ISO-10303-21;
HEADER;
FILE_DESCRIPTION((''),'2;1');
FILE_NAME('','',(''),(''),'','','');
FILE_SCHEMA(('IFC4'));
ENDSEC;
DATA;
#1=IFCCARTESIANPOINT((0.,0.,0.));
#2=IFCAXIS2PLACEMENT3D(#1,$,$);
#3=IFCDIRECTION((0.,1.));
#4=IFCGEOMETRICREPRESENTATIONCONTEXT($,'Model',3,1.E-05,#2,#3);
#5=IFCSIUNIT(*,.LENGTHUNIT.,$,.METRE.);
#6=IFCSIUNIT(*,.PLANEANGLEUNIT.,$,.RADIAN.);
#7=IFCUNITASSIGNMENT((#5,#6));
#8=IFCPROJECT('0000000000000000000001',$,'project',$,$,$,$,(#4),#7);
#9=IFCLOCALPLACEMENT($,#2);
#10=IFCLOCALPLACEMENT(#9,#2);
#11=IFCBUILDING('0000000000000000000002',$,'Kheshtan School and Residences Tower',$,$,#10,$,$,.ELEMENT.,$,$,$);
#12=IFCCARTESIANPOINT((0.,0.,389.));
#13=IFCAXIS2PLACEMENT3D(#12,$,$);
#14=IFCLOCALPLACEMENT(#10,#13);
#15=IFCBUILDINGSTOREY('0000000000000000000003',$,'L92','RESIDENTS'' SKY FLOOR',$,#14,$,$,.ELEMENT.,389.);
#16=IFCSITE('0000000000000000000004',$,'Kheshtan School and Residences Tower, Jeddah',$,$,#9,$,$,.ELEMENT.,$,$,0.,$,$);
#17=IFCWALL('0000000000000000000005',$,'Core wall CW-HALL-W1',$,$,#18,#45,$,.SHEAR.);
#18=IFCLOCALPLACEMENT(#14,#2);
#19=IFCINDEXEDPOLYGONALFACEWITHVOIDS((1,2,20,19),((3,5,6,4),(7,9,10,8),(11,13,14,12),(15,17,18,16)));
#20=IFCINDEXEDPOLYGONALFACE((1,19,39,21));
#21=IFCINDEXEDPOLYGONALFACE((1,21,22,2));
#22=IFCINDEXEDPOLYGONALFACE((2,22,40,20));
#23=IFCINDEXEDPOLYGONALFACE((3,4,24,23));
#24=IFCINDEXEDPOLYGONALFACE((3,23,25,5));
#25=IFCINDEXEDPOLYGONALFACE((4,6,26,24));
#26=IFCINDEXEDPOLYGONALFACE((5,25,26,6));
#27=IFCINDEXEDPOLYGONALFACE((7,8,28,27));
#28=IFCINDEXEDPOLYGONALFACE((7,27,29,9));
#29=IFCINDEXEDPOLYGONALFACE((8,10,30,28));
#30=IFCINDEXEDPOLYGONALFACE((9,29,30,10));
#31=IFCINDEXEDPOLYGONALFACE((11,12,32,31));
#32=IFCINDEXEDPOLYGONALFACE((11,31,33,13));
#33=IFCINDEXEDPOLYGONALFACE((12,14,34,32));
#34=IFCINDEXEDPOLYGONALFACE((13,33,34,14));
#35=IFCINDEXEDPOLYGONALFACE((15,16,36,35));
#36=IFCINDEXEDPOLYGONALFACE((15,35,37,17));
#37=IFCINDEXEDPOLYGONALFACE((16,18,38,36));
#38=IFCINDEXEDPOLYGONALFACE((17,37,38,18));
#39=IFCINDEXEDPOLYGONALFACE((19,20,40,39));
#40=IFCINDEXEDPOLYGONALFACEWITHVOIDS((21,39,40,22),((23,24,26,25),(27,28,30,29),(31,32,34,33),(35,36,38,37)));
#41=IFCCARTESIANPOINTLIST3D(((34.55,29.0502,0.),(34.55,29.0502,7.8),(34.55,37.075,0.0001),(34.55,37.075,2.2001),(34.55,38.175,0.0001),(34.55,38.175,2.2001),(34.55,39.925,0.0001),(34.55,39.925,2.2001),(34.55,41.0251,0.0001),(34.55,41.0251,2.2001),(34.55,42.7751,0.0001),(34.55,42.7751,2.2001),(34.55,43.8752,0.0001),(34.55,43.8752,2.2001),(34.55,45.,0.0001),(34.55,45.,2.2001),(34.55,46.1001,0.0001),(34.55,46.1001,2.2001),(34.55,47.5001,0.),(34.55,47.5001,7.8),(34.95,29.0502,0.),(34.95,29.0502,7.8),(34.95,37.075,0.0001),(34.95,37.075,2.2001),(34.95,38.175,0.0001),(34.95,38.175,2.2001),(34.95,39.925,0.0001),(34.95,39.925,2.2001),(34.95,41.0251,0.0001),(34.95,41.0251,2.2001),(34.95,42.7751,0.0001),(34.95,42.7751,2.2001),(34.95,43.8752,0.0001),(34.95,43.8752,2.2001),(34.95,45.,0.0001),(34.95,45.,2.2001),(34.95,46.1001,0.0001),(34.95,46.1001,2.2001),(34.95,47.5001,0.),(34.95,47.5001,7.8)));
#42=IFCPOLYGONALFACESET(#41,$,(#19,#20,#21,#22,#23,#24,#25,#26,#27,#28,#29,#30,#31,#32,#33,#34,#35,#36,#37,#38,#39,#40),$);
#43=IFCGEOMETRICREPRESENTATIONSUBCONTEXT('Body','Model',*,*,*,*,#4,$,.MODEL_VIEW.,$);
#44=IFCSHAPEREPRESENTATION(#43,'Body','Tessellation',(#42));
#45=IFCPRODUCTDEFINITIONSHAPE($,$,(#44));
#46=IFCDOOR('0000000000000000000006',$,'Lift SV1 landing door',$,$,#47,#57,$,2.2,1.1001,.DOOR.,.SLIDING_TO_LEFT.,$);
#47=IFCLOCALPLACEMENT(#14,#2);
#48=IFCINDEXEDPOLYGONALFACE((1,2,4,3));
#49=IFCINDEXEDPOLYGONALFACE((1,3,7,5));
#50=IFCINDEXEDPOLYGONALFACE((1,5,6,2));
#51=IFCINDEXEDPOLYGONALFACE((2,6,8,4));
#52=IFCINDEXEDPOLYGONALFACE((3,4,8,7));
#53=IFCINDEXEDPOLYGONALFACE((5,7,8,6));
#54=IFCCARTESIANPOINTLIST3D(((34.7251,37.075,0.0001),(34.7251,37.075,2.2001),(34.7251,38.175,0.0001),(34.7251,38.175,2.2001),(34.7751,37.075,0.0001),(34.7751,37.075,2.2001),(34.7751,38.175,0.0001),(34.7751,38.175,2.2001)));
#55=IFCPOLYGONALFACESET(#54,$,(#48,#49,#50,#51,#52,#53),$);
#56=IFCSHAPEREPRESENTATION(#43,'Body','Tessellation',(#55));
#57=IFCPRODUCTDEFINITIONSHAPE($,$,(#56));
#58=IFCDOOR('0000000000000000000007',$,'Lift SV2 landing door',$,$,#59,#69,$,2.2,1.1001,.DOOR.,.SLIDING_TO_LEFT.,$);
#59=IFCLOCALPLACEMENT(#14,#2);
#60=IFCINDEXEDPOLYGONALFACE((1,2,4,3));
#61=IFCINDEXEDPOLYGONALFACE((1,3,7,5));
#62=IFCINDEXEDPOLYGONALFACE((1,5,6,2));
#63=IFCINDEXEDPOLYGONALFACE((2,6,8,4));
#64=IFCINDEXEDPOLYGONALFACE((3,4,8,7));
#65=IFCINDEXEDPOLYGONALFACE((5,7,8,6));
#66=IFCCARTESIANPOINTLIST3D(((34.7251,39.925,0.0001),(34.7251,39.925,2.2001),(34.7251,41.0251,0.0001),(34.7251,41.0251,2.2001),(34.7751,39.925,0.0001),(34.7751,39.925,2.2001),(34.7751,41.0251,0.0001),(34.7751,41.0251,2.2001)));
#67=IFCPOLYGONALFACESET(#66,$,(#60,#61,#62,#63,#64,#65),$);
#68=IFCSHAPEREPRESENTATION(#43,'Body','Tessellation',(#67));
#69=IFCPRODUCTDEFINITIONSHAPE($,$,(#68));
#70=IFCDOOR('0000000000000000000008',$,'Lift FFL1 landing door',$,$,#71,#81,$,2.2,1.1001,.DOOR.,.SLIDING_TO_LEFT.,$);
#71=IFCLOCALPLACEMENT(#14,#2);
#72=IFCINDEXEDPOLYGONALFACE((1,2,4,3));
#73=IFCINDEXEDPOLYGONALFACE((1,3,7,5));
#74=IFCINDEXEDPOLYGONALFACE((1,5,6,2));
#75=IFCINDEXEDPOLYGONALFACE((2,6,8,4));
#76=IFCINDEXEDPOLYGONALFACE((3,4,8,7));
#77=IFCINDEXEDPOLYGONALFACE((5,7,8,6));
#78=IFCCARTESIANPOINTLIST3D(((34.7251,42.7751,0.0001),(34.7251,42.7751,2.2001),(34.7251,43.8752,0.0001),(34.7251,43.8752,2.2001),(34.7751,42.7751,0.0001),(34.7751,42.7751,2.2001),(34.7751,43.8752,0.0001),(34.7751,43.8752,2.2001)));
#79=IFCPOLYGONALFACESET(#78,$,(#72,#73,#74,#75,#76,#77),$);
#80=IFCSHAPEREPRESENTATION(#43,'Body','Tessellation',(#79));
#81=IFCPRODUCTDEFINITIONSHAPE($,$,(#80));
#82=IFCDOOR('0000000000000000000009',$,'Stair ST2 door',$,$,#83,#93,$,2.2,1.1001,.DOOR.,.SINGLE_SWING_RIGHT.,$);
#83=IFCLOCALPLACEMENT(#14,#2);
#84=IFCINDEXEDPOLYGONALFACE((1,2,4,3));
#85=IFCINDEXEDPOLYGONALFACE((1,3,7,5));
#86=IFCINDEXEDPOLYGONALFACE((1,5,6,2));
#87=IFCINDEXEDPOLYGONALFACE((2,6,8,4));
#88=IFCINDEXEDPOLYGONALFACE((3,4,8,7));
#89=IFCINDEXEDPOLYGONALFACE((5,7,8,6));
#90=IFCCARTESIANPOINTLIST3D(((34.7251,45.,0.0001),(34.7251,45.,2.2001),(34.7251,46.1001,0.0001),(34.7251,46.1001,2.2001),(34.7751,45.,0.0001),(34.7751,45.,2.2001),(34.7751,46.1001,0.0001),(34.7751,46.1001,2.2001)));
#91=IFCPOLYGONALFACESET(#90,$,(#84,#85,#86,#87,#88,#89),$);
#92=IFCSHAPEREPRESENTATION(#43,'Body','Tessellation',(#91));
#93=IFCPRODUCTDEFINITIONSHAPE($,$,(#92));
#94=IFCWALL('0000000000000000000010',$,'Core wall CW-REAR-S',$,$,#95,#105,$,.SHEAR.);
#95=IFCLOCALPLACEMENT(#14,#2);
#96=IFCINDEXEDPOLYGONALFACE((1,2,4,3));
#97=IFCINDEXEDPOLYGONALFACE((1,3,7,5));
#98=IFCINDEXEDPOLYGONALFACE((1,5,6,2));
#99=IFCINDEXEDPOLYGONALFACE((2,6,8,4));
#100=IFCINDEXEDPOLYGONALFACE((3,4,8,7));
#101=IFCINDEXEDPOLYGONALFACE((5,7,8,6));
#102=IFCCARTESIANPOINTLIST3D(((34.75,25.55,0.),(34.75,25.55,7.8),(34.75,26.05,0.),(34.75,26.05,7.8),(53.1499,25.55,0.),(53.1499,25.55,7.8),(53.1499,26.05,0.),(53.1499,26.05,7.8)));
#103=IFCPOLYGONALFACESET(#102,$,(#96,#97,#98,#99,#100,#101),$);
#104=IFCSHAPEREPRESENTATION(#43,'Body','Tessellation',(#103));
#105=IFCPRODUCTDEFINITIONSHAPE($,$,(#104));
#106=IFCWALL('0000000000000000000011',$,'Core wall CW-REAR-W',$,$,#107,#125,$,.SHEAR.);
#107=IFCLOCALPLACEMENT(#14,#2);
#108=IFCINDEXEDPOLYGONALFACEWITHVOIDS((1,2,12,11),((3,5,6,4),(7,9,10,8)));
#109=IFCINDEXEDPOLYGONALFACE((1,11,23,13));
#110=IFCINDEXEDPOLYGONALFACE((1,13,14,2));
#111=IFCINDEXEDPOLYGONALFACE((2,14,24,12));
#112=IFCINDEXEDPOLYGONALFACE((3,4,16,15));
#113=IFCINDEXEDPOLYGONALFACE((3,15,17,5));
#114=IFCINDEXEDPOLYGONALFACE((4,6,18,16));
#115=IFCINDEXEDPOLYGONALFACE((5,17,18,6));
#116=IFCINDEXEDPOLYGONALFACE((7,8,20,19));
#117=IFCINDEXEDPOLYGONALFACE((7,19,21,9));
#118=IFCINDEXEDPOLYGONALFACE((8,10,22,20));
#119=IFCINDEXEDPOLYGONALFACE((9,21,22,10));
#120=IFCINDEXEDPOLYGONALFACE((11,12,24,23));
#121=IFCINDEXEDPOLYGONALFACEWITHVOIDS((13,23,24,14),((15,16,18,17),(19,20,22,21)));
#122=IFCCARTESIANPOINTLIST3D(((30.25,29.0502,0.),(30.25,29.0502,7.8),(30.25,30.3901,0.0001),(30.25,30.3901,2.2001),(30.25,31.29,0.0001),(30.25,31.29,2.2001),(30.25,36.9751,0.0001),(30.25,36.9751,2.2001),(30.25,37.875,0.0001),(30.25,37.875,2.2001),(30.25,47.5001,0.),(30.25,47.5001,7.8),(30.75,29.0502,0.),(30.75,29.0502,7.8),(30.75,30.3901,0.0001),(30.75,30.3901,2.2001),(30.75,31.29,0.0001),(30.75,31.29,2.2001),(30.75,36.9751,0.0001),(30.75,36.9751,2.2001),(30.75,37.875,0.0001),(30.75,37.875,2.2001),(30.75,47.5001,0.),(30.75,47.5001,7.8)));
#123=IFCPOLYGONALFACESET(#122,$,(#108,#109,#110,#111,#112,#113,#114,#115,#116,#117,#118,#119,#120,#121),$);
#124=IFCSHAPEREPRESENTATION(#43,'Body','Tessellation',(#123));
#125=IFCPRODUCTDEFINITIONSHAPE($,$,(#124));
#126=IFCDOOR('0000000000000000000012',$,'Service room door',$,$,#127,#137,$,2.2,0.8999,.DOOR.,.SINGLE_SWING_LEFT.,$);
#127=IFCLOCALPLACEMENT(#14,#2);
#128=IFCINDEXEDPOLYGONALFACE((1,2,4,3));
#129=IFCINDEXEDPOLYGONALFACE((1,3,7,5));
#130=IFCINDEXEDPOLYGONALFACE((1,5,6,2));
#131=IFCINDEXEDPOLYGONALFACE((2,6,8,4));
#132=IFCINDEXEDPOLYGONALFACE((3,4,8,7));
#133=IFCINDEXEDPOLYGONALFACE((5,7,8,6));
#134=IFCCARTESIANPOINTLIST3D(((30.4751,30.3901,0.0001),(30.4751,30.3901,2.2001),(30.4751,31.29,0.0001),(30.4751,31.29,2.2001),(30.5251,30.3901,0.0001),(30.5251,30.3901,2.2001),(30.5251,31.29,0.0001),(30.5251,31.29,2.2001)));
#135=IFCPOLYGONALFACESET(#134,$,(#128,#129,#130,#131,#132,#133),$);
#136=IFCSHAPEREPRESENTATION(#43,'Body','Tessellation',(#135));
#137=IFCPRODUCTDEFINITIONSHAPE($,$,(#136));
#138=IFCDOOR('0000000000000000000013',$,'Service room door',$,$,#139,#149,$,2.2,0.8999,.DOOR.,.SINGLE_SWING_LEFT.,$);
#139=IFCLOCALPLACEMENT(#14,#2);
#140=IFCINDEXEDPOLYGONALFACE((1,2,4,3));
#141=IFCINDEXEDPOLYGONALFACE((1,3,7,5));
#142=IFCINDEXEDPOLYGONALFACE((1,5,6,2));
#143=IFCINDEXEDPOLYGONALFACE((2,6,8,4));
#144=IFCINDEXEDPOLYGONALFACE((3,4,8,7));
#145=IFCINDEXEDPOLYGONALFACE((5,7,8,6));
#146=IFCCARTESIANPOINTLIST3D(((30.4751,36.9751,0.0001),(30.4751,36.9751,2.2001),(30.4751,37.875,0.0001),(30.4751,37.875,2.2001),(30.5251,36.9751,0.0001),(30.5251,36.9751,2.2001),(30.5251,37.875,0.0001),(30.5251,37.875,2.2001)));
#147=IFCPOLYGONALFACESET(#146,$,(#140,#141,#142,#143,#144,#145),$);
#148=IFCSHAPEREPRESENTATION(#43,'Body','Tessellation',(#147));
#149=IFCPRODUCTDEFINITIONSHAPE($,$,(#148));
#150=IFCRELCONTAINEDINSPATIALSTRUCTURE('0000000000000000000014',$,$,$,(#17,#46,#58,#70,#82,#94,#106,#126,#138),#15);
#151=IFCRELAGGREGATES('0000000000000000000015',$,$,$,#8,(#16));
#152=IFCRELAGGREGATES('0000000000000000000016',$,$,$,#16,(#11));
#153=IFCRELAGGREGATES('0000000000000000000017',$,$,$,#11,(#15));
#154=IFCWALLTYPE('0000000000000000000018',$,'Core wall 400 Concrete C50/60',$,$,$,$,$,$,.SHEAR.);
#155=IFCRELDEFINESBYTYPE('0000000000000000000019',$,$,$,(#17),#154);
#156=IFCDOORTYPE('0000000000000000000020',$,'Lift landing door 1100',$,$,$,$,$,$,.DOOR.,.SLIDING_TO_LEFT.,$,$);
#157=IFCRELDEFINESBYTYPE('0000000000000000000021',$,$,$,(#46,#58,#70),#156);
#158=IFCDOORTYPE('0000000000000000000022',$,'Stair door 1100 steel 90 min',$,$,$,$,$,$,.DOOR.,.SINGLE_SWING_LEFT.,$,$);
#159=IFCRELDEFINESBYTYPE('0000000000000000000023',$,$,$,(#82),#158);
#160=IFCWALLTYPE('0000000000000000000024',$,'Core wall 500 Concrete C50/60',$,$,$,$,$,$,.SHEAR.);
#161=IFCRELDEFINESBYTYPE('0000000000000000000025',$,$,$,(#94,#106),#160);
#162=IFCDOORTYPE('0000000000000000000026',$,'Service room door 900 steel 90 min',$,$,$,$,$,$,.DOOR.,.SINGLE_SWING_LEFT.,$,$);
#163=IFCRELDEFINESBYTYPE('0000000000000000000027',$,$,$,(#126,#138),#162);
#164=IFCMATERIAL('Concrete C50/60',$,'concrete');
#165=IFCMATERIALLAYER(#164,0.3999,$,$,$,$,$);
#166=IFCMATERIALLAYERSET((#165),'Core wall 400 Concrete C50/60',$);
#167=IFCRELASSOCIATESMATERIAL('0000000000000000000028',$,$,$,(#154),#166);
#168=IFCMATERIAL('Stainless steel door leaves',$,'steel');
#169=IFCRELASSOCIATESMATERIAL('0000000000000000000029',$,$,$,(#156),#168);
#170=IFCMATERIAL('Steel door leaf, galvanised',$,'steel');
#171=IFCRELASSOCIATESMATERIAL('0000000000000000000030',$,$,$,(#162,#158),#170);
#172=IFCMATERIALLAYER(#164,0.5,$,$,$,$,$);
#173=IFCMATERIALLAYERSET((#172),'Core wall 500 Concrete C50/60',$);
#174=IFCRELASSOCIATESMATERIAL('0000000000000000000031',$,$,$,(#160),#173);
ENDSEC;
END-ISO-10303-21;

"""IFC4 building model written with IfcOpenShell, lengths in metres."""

from ifc_helpers import new_model, si_unit, direction, frame, frame_2d, origin, place, context, subcontext, project, spatial, rectangle, extrude, source, transform, mapped, material, layer, layer_set, type_object, element, fill, save


model = new_model("IFC4")

# Units and contexts
model_context = context("Model", 3, precision=1e-05, world=origin(), true_north=direction((0.0, 1.0)))
body_context = subcontext(model_context, "Body", "Model", "MODEL_VIEW")
ifc_project = project(units=[si_unit("LENGTHUNIT", "METRE"), si_unit("PLANEANGLEUNIT", "RADIAN")], contexts=[model_context])

# Site, building, storey
site_placement = place(None, origin())
site = spatial("IfcSite", under=ifc_project, at=site_placement, Name="Kheshtan School and Residences Tower, Jeddah", CompositionType="ELEMENT", RefElevation=0.0)
building_placement = place(site_placement, origin())
building = spatial("IfcBuilding", under=site, at=building_placement, Name="Kheshtan School and Residences Tower", CompositionType="ELEMENT")
storey_placement = place(building_placement, frame((0.0, 0.0, 389.0)))
storey = spatial("IfcBuildingStorey", under=building, at=storey_placement, Name="L92", Description="RESIDENTS' SKY FLOOR", CompositionType="ELEMENT", Elevation=389.0)

# Wall, openings, doors
ifc_material_1 = material(Name="Concrete C50/60", Category="concrete")
ifc_layer_1 = layer(ifc_material_1, 0.3999)
ifc_layer_set_1 = layer_set([ifc_layer_1], Name="Core wall 400 Concrete C50/60")
wall_type_1 = type_object("IfcWallType", Name="Core wall 400 Concrete C50/60", PredefinedType="SHEAR", material=ifc_layer_set_1)
ifc_material_2 = material(Name="Stainless steel door leaves", Category="steel")
door_type_1 = type_object("IfcDoorType", Name="Lift landing door 1100", OperationType="SLIDING_TO_LEFT", PredefinedType="DOOR", material=ifc_material_2)
shared_shape_1 = source(origin(), body_context, "Body", "SweptSolid", [
    extrude(rectangle(XDim=1.1001, YDim=2.2, at=frame_2d((0.55, 1.1001))), frame((0.0, 0.0249, 0.0), z_axis=(0.0, -1.0, 0.0), x_axis=(1.0, 0.0, 0.0)), (0.0, 0.0, 1.0), 0.05),
])
ifc_material_3 = material(Name="Steel door leaf, galvanised", Category="steel")
door_type_2 = type_object("IfcDoorType", Name="Service room door 900 steel 90 min", OperationType="SINGLE_SWING_LEFT", PredefinedType="DOOR", material=ifc_material_3)
shared_shape_2 = source(origin(), body_context, "Body", "SweptSolid", [
    extrude(rectangle(XDim=0.8999, YDim=2.2, at=frame_2d((0.45, 1.1001))), frame((0.0, 0.0249, 0.0), z_axis=(0.0, -1.0, 0.0), x_axis=(1.0, 0.0, 0.0)), (0.0, 0.0, 1.0), 0.05),
])
wall_1_placement = place(storey_placement, frame((34.75, 29.05, 0.0), z_axis=(0.0, 0.0, 1.0), x_axis=(0.0, 1.0, 0.0)))
wall_1 = element("IfcWall", 1, at=wall_1_placement, inside=storey, type_object=wall_type_1, Name="Core wall CW-HALL-W1", PredefinedType="SHEAR", context=body_context, shape_type="SweptSolid", body=[
    extrude(rectangle(XDim=18.45, YDim=0.3999, at=frame_2d((9.2251, 0.0))), origin(), (0.0, 0.0, 1.0), 7.8),
])
opening_1_placement = place(wall_1_placement, frame((8.0249, 0.0, 0.0)))
opening_1 = element("IfcOpeningElement", 2, at=opening_1_placement, cuts=wall_1, PredefinedType="OPENING", context=body_context, shape_type="SweptSolid", body=[
    extrude(rectangle(XDim=1.1001, YDim=2.2, at=frame_2d((0.55, 1.1001))), frame((0.0, 0.21, 0.0), z_axis=(0.0, -1.0, 0.0), x_axis=(1.0, 0.0, 0.0)), (0.0, 0.0, 1.0), 0.4199),
])
opening_2_placement = place(wall_1_placement, frame((10.875, 0.0, 0.0)))
opening_2 = element("IfcOpeningElement", 3, at=opening_2_placement, cuts=wall_1, PredefinedType="OPENING", context=body_context, shape_type="SweptSolid", body=[
    extrude(rectangle(XDim=1.1001, YDim=2.2, at=frame_2d((0.55, 1.1001))), frame((0.0, 0.21, 0.0), z_axis=(0.0, -1.0, 0.0), x_axis=(1.0, 0.0, 0.0)), (0.0, 0.0, 1.0), 0.4199),
])
opening_3_placement = place(wall_1_placement, frame((13.7251, 0.0, 0.0)))
opening_3 = element("IfcOpeningElement", 4, at=opening_3_placement, cuts=wall_1, PredefinedType="OPENING", context=body_context, shape_type="SweptSolid", body=[
    extrude(rectangle(XDim=1.1001, YDim=2.2, at=frame_2d((0.55, 1.1001))), frame((0.0, 0.21, 0.0), z_axis=(0.0, -1.0, 0.0), x_axis=(1.0, 0.0, 0.0)), (0.0, 0.0, 1.0), 0.4199),
])
opening_4_placement = place(wall_1_placement, frame((15.95, 0.0, 0.0)))
opening_4 = element("IfcOpeningElement", 5, at=opening_4_placement, cuts=wall_1, PredefinedType="OPENING", context=body_context, shape_type="SweptSolid", body=[
    extrude(rectangle(XDim=1.1001, YDim=2.2, at=frame_2d((0.55, 1.1001))), frame((0.0, 0.21, 0.0), z_axis=(0.0, -1.0, 0.0), x_axis=(1.0, 0.0, 0.0)), (0.0, 0.0, 1.0), 0.4199),
])
door_1_placement = place(opening_1_placement, origin())
door_1 = element("IfcDoor", 6, at=door_1_placement, inside=storey, type_object=door_type_1, Name="Lift SV1 landing door", OperationType="SLIDING_TO_LEFT", OverallHeight=2.2, OverallWidth=1.1001, PredefinedType="DOOR", context=body_context, shape_type="MappedRepresentation", body=[
    mapped(shared_shape_1, transform((0.0, 0.0, 0.0), x_axis=(1.0, 0.0, 0.0), y_axis=(0.0, 1.0, 0.0), z_axis=(0.0, 0.0, 1.0), scale=1.0)),
])
fill(opening_1, door_1)
door_2_placement = place(opening_2_placement, origin())
door_2 = element("IfcDoor", 7, at=door_2_placement, inside=storey, type_object=door_type_1, Name="Lift SV2 landing door", OperationType="SLIDING_TO_LEFT", OverallHeight=2.2, OverallWidth=1.1001, PredefinedType="DOOR", context=body_context, shape_type="MappedRepresentation", body=[
    mapped(shared_shape_1, transform((0.0, 0.0, 0.0), x_axis=(1.0, 0.0, 0.0), y_axis=(0.0, 1.0, 0.0), z_axis=(0.0, 0.0, 1.0), scale=1.0)),
])
fill(opening_2, door_2)
door_3_placement = place(opening_3_placement, origin())
door_3 = element("IfcDoor", 8, at=door_3_placement, inside=storey, type_object=door_type_1, Name="Lift FFL1 landing door", OperationType="SLIDING_TO_LEFT", OverallHeight=2.2, OverallWidth=1.1001, PredefinedType="DOOR", context=body_context, shape_type="MappedRepresentation", body=[
    mapped(shared_shape_1, transform((0.0, 0.0, 0.0), x_axis=(1.0, 0.0, 0.0), y_axis=(0.0, 1.0, 0.0), z_axis=(0.0, 0.0, 1.0), scale=1.0)),
])
fill(opening_3, door_3)
door_type_3 = type_object("IfcDoorType", Name="Stair door 1100 steel 90 min", OperationType="SINGLE_SWING_LEFT", PredefinedType="DOOR", material=ifc_material_3)
shared_shape_3 = source(origin(), body_context, "Body", "SweptSolid", [
    extrude(rectangle(XDim=1.1001, YDim=2.2, at=frame_2d((0.55, 1.1001))), frame((0.0, 0.0249, 0.0), z_axis=(0.0, -1.0, 0.0), x_axis=(1.0, 0.0, 0.0)), (0.0, 0.0, 1.0), 0.05),
])
door_4_placement = place(opening_4_placement, origin())
door_4 = element("IfcDoor", 9, at=door_4_placement, inside=storey, type_object=door_type_3, Name="Stair ST2 door", OperationType="SINGLE_SWING_RIGHT", OverallHeight=2.2, OverallWidth=1.1001, PredefinedType="DOOR", context=body_context, shape_type="MappedRepresentation", body=[
    mapped(shared_shape_3, transform((0.0, 0.0, 0.0), x_axis=(1.0, 0.0, 0.0), y_axis=(0.0, 1.0, 0.0), z_axis=(0.0, 0.0, 1.0), scale=1.0)),
])
fill(opening_4, door_4)

# Wall
ifc_layer_2 = layer(ifc_material_1, 0.5)
ifc_layer_set_2 = layer_set([ifc_layer_2], Name="Core wall 500 Concrete C50/60")
wall_type_2 = type_object("IfcWallType", Name="Core wall 500 Concrete C50/60", PredefinedType="SHEAR", material=ifc_layer_set_2)
wall_2_placement = place(storey_placement, frame((34.75, 25.8, 0.0), z_axis=(0.0, 0.0, 1.0), x_axis=(1.0, 0.0, 0.0)))
element("IfcWall", 10, at=wall_2_placement, inside=storey, type_object=wall_type_2, Name="Core wall CW-REAR-S", PredefinedType="SHEAR", context=body_context, shape_type="SweptSolid", body=[
    extrude(rectangle(XDim=18.3999, YDim=0.5, at=frame_2d((9.2, 0.0))), origin(), (0.0, 0.0, 1.0), 7.8),
])

# Wall, openings, doors
wall_3_placement = place(storey_placement, frame((30.5, 29.05, 0.0), z_axis=(0.0, 0.0, 1.0), x_axis=(0.0, 1.0, 0.0)))
wall_3 = element("IfcWall", 11, at=wall_3_placement, inside=storey, type_object=wall_type_2, Name="Core wall CW-REAR-W", PredefinedType="SHEAR", context=body_context, shape_type="SweptSolid", body=[
    extrude(rectangle(XDim=18.45, YDim=0.5, at=frame_2d((9.2251, 0.0))), origin(), (0.0, 0.0, 1.0), 7.8),
])
opening_5_placement = place(wall_3_placement, frame((1.3401, 0.0, 0.0)))
opening_5 = element("IfcOpeningElement", 12, at=opening_5_placement, cuts=wall_3, PredefinedType="OPENING", context=body_context, shape_type="SweptSolid", body=[
    extrude(rectangle(XDim=0.8999, YDim=2.2, at=frame_2d((0.45, 1.1001))), frame((0.0, 0.26, 0.0), z_axis=(0.0, -1.0, 0.0), x_axis=(1.0, 0.0, 0.0)), (0.0, 0.0, 1.0), 0.52),
])
opening_6_placement = place(wall_3_placement, frame((7.925, 0.0, 0.0)))
opening_6 = element("IfcOpeningElement", 13, at=opening_6_placement, cuts=wall_3, PredefinedType="OPENING", context=body_context, shape_type="SweptSolid", body=[
    extrude(rectangle(XDim=0.8999, YDim=2.2, at=frame_2d((0.45, 1.1001))), frame((0.0, 0.26, 0.0), z_axis=(0.0, -1.0, 0.0), x_axis=(1.0, 0.0, 0.0)), (0.0, 0.0, 1.0), 0.52),
])
door_5_placement = place(opening_5_placement, origin())
door_5 = element("IfcDoor", 14, at=door_5_placement, inside=storey, type_object=door_type_2, Name="Service room door", OperationType="SINGLE_SWING_LEFT", OverallHeight=2.2, OverallWidth=0.8999, PredefinedType="DOOR", context=body_context, shape_type="MappedRepresentation", body=[
    mapped(shared_shape_2, transform((0.0, 0.0, 0.0), x_axis=(1.0, 0.0, 0.0), y_axis=(0.0, 1.0, 0.0), z_axis=(0.0, 0.0, 1.0), scale=1.0)),
])
fill(opening_5, door_5)
door_6_placement = place(opening_6_placement, origin())
door_6 = element("IfcDoor", 15, at=door_6_placement, inside=storey, type_object=door_type_2, Name="Service room door", OperationType="SINGLE_SWING_LEFT", OverallHeight=2.2, OverallWidth=0.8999, PredefinedType="DOOR", context=body_context, shape_type="MappedRepresentation", body=[
    mapped(shared_shape_2, transform((0.0, 0.0, 0.0), x_axis=(1.0, 0.0, 0.0), y_axis=(0.0, 1.0, 0.0), z_axis=(0.0, 0.0, 1.0), scale=1.0)),
])
fill(opening_6, door_6)

save(model, "model.ifc")
